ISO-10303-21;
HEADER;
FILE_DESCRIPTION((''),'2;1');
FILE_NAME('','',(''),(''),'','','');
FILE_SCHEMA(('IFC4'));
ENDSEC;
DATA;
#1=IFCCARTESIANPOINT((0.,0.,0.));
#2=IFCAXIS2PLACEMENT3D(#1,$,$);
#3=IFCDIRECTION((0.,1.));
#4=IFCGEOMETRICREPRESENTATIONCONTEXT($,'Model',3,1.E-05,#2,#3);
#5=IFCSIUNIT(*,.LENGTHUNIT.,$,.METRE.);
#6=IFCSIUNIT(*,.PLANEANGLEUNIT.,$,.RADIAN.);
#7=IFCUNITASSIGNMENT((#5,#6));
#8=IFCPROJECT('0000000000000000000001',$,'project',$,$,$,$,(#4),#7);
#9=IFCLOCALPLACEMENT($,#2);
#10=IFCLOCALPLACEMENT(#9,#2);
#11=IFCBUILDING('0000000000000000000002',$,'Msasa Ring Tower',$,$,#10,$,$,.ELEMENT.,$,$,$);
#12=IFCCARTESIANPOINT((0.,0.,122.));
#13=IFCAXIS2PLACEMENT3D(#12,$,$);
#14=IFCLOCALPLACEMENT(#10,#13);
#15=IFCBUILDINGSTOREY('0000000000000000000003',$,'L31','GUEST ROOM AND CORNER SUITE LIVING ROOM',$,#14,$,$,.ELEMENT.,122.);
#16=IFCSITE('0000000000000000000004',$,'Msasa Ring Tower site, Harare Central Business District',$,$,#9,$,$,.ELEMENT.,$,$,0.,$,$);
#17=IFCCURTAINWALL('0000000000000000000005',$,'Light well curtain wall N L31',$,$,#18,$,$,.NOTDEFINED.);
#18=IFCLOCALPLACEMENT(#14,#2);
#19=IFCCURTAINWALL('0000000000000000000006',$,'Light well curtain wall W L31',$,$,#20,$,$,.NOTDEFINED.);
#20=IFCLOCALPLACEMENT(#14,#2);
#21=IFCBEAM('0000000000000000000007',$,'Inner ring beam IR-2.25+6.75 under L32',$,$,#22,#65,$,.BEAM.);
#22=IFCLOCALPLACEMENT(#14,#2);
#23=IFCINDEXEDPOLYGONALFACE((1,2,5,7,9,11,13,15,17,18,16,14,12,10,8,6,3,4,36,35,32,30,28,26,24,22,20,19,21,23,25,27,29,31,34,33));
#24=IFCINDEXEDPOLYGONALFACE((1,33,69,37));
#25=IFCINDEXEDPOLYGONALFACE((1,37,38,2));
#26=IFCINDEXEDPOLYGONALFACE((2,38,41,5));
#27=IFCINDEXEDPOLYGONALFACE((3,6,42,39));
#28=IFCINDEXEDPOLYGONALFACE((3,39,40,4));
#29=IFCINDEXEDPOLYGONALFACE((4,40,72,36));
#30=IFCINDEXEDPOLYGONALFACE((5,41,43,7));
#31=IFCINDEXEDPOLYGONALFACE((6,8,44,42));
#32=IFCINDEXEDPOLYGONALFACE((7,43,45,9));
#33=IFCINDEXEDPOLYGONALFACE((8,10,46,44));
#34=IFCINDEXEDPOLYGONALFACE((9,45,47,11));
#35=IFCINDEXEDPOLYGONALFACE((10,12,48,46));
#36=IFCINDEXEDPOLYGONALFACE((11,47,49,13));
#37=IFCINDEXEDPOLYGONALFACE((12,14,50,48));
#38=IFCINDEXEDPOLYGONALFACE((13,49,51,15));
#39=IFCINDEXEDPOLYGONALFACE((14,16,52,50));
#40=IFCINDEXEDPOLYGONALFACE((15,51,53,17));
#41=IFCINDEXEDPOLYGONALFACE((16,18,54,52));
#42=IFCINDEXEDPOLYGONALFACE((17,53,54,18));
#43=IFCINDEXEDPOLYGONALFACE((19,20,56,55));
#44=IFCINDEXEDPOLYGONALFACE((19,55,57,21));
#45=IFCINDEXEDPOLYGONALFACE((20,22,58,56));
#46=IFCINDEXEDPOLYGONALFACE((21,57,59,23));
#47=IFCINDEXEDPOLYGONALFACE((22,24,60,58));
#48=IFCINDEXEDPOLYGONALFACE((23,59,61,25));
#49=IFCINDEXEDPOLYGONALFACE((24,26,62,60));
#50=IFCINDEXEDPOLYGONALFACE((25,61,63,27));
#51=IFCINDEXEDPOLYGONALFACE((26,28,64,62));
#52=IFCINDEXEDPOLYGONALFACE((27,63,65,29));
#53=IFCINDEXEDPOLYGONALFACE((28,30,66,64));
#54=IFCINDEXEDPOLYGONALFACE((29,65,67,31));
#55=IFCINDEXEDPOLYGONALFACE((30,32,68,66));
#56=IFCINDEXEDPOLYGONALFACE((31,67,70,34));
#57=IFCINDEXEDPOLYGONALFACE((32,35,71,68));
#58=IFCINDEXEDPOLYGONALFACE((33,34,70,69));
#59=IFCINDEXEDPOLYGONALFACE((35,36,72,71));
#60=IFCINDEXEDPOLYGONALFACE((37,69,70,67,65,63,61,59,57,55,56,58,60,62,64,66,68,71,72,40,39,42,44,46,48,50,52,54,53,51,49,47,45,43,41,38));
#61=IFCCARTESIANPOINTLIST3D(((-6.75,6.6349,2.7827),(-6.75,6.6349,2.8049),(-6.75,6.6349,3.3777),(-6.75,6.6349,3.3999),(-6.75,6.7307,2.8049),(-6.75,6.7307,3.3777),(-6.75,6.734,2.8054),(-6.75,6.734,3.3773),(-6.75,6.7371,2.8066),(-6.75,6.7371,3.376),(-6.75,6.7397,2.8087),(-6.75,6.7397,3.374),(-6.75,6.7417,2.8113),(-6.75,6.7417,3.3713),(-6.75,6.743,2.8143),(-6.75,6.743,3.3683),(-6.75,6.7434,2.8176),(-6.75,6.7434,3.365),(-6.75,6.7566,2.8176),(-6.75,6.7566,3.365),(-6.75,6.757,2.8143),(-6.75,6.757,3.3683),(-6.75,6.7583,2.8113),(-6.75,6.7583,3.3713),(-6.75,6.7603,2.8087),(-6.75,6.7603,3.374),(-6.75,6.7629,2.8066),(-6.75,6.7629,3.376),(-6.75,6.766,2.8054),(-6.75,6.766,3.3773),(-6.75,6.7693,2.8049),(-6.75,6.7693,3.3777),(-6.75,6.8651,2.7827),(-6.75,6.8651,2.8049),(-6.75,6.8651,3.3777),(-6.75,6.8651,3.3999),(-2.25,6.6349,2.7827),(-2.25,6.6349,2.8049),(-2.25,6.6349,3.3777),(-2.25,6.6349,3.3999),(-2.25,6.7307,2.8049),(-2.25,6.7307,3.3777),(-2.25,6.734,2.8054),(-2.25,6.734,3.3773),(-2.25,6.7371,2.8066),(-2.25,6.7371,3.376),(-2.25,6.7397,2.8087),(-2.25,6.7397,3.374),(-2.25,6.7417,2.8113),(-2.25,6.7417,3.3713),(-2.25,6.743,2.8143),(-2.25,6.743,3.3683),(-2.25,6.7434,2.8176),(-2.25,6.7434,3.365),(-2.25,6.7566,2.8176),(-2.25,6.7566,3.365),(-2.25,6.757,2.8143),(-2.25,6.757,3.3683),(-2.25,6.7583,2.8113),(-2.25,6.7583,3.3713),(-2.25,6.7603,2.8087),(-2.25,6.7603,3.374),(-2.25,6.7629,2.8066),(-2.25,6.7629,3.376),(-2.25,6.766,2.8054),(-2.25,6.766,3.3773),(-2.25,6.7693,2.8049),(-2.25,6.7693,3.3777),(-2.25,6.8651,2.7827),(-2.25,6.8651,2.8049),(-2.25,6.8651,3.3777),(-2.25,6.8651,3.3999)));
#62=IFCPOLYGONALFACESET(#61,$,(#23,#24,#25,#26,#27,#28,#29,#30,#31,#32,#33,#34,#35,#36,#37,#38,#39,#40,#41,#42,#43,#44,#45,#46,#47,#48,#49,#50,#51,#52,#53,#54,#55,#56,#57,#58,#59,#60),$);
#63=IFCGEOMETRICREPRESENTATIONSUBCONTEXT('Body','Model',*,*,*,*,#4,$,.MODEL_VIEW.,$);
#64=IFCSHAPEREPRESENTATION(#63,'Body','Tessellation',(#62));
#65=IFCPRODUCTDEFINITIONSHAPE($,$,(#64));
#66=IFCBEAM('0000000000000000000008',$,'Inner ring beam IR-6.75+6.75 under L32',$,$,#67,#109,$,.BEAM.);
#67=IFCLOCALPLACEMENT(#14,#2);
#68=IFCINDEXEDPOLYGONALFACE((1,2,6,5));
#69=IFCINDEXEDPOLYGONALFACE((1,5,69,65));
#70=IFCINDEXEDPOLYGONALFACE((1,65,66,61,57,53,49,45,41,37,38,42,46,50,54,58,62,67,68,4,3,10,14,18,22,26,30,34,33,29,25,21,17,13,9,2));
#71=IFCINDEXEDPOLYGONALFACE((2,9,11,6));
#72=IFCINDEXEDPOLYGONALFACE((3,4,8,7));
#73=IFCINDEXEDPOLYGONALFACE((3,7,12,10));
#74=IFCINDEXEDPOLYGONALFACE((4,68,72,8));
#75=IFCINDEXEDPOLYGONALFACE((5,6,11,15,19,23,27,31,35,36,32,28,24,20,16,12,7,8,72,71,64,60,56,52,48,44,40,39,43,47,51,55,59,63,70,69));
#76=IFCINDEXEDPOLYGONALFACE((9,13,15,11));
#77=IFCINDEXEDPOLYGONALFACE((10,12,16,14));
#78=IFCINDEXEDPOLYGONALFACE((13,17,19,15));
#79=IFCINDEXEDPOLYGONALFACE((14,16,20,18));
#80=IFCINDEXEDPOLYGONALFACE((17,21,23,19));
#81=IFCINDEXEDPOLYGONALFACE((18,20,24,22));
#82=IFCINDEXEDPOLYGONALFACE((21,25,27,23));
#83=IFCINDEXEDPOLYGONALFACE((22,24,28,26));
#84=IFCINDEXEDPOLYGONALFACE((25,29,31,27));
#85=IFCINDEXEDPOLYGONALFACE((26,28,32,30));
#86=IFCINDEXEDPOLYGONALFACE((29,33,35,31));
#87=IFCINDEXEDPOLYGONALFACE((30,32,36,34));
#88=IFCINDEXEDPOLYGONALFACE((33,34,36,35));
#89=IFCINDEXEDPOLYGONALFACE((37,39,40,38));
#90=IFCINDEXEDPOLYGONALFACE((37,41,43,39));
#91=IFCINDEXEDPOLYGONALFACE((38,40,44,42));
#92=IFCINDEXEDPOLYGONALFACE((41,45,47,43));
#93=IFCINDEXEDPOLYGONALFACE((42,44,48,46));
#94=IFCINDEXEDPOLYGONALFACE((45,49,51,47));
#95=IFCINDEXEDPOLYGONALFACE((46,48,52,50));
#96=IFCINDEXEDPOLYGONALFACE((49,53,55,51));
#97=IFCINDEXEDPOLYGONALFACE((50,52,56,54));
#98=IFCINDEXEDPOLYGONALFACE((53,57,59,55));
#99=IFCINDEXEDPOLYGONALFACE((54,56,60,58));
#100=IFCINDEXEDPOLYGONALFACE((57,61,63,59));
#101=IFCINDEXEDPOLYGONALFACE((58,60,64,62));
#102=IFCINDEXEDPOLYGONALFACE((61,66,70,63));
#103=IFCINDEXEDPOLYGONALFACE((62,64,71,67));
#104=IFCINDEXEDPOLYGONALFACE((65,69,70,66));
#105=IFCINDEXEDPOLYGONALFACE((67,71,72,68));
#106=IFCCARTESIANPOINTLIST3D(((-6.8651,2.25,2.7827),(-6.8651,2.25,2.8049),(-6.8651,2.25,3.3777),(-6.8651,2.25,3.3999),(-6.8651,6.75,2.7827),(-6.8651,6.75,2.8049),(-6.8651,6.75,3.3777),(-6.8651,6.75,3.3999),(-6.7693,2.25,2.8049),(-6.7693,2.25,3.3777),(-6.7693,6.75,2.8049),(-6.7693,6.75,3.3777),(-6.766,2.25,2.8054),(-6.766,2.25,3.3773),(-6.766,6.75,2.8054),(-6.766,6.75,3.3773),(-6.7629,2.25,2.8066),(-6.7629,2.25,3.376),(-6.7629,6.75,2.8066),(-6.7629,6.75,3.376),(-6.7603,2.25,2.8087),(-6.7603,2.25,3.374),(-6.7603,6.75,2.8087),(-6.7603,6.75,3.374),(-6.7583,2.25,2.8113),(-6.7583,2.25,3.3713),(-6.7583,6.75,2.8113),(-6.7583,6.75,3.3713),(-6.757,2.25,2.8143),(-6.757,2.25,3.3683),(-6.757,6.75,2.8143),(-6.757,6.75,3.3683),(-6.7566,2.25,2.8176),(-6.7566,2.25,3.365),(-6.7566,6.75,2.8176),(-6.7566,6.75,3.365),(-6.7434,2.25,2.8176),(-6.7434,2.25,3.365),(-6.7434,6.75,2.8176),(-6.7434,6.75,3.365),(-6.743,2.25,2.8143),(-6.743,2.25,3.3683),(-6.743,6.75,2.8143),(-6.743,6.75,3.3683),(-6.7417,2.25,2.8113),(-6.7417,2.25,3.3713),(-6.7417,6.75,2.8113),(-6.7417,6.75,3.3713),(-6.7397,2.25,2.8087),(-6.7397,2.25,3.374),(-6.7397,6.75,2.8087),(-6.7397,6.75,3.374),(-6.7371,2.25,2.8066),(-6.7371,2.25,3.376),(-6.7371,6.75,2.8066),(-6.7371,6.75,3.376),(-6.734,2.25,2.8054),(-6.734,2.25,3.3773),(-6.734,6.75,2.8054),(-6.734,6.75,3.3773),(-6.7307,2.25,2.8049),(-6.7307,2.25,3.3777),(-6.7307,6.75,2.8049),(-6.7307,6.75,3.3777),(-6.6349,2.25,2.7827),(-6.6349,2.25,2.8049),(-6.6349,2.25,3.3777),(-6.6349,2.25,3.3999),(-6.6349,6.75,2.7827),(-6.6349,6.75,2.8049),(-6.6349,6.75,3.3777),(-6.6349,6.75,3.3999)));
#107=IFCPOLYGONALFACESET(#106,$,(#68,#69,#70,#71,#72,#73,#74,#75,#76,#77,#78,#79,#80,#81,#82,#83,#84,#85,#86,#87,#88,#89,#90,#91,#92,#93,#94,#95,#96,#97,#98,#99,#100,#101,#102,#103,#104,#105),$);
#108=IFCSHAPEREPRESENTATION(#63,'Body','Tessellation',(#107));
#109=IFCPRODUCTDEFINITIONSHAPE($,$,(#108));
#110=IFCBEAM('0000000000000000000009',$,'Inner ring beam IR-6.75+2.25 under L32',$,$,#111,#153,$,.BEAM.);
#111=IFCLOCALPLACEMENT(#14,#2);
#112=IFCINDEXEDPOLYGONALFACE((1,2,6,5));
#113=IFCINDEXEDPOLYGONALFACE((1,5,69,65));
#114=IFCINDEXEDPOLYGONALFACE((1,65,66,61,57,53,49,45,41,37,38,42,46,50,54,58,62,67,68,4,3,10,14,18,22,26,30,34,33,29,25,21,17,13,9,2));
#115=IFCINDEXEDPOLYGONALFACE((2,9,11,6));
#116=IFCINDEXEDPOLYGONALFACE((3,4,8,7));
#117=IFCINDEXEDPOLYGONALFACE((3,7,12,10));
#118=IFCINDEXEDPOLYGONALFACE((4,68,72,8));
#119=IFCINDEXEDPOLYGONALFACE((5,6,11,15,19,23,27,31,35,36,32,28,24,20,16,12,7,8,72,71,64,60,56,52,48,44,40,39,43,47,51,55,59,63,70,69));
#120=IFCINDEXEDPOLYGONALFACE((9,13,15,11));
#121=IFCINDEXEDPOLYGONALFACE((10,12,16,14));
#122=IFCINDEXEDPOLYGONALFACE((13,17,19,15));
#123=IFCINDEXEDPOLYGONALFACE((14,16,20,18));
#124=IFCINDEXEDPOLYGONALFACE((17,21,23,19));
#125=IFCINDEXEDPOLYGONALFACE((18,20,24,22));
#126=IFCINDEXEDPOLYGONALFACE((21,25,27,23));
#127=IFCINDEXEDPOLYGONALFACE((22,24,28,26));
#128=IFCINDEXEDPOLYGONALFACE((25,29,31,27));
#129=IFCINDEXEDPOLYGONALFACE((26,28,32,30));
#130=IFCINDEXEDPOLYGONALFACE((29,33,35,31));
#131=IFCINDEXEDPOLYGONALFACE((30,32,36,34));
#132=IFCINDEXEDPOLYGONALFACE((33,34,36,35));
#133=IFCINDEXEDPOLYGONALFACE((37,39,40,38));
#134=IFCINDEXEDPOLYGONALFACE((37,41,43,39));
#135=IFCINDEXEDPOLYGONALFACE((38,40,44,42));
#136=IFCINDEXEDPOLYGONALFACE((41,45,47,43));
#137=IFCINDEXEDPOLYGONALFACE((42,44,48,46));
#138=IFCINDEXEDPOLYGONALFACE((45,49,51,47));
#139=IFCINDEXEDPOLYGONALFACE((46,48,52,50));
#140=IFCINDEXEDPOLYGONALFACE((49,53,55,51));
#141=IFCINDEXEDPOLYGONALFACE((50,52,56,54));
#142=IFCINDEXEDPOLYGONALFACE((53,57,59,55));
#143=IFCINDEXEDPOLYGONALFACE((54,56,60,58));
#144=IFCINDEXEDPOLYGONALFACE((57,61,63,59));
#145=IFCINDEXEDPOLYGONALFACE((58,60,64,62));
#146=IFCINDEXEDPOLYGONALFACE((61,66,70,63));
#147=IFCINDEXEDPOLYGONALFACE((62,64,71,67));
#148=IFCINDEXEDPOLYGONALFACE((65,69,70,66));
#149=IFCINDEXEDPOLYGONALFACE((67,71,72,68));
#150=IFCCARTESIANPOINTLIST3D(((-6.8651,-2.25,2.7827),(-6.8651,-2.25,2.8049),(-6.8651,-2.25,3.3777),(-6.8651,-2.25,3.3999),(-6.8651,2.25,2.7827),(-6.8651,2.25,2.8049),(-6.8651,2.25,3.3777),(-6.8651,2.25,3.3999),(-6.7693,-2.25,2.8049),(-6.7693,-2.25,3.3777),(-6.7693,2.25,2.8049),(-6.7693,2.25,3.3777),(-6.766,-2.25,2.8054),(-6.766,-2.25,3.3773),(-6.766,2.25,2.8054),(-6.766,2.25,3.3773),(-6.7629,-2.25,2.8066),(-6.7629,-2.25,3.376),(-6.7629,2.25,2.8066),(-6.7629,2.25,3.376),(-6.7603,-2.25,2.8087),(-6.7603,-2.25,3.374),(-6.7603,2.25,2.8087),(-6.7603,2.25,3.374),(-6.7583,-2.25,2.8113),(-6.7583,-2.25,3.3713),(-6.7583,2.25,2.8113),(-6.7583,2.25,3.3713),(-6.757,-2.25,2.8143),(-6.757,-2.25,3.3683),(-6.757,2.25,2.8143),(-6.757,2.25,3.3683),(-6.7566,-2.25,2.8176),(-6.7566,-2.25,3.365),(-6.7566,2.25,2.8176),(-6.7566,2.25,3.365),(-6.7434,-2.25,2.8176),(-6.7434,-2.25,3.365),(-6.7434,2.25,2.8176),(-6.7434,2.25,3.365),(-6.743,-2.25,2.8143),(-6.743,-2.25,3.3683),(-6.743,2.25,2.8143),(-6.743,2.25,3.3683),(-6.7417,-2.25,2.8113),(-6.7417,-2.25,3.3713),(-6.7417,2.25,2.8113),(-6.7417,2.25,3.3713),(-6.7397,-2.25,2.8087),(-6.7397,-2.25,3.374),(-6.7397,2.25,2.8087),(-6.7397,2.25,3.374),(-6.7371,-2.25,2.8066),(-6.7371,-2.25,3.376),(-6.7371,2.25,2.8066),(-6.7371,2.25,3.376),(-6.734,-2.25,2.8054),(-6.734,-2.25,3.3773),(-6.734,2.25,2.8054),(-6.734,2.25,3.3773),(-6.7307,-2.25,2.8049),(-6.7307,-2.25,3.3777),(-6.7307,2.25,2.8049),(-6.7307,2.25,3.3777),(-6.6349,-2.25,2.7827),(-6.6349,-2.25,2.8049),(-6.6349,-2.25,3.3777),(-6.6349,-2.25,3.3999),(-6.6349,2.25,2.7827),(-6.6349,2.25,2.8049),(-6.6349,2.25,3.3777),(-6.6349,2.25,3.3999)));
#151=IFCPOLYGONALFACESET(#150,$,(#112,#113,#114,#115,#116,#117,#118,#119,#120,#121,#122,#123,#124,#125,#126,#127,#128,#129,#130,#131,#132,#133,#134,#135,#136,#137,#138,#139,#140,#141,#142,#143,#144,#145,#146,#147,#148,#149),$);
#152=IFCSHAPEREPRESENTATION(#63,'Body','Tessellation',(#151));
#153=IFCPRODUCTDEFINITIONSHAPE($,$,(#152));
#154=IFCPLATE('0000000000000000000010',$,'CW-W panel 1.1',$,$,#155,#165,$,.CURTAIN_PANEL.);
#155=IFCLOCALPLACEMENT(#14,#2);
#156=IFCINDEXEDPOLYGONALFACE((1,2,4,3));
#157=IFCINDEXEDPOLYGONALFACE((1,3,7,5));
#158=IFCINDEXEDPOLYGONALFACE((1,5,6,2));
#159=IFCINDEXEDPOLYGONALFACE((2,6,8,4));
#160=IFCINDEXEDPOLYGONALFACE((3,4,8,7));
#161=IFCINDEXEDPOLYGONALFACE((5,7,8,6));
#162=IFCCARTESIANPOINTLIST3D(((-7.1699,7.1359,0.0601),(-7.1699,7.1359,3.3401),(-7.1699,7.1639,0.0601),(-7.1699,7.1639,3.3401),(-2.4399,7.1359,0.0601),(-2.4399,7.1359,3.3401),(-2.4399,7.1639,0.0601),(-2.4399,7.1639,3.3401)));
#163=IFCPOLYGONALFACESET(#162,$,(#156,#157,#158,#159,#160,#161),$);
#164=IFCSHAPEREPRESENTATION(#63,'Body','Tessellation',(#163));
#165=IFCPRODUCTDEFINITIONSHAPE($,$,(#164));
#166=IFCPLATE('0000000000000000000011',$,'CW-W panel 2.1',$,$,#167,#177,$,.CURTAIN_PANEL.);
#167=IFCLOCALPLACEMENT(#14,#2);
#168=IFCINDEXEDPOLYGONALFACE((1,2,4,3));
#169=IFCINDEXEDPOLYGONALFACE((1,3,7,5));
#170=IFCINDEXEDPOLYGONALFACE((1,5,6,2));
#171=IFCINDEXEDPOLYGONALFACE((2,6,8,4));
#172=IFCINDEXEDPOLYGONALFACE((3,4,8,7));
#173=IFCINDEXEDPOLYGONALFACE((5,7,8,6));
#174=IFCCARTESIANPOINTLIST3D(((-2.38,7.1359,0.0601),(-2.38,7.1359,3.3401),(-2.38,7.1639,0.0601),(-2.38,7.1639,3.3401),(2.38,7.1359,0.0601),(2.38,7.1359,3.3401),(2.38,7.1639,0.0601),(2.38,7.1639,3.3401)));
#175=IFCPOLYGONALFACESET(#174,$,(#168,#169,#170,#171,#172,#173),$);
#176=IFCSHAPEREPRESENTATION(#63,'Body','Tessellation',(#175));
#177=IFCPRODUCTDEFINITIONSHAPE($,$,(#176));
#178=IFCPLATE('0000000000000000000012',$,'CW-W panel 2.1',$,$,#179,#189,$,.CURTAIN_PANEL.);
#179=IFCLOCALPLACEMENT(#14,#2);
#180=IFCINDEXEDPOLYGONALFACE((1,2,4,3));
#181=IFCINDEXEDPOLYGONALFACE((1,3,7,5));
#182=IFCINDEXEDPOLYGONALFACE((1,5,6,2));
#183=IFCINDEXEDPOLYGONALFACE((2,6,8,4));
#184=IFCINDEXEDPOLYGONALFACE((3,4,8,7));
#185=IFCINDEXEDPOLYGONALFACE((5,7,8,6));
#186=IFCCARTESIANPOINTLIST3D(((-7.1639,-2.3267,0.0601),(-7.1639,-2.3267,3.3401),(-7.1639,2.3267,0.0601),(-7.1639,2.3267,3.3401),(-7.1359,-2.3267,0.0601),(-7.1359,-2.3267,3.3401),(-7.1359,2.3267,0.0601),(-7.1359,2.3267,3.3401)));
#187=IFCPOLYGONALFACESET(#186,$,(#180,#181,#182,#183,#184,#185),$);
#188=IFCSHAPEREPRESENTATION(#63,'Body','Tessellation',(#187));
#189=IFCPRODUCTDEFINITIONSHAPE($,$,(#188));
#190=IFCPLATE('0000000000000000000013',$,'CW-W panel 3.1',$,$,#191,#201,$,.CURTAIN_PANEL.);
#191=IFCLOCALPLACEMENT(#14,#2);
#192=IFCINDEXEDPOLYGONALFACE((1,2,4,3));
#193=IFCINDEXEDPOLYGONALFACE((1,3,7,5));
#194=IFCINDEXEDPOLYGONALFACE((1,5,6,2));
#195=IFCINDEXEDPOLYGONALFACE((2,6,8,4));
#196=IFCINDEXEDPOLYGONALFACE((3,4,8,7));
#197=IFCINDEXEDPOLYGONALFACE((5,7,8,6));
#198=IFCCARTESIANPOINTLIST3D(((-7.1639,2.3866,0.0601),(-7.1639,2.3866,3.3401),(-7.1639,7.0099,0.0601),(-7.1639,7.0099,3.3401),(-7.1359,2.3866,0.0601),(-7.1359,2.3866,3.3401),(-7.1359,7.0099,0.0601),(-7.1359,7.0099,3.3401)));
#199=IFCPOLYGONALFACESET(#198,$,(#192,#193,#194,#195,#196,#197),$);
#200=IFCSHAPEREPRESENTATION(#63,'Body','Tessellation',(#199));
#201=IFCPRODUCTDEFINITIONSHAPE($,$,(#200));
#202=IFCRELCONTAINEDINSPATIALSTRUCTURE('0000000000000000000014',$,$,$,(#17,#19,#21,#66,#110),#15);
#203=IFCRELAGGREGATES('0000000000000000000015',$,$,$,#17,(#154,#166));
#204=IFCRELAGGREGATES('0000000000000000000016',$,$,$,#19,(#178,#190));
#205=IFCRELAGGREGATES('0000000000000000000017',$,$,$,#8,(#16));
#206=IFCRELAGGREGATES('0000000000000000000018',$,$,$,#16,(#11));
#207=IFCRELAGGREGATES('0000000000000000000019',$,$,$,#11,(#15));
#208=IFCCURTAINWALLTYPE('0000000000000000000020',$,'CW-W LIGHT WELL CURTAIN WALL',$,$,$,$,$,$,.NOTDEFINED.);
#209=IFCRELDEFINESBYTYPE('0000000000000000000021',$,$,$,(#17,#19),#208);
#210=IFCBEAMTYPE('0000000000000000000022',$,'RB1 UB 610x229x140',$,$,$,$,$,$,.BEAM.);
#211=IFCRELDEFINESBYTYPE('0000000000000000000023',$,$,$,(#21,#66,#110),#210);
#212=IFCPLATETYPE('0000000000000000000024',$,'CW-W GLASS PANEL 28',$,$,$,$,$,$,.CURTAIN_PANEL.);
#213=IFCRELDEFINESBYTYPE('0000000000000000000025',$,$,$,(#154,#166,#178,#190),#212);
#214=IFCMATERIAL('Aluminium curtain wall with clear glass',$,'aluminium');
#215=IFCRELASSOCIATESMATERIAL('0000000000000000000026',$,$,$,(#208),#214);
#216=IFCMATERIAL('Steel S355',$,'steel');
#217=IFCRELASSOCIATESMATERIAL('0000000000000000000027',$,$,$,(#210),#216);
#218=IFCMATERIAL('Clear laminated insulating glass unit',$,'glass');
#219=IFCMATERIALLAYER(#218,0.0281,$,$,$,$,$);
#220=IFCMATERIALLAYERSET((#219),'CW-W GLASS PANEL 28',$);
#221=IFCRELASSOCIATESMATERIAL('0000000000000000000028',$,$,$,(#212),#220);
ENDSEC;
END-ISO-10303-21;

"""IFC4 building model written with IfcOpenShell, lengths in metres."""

from ifc_helpers import new_model, si_unit, direction, frame, origin, origin_2d, place, context, subcontext, project, spatial, rectangle, i_section, extrude, material, layer, layer_set, material_profile, profile_set, type_object, element, aggregate, save


model = new_model("IFC4")

# Units and contexts
model_context = context("Model", 3, precision=1e-05, world=origin(), true_north=direction((0.0, 1.0)))
body_context = subcontext(model_context, "Body", "Model", "MODEL_VIEW")
ifc_project = project(units=[si_unit("LENGTHUNIT", "METRE"), si_unit("PLANEANGLEUNIT", "RADIAN")], contexts=[model_context])

# Site, building, storey
site_placement = place(None, origin())
site = spatial("IfcSite", under=ifc_project, at=site_placement, Name="Msasa Ring Tower site, Harare Central Business District", CompositionType="ELEMENT", RefElevation=0.0)
building_placement = place(site_placement, origin())
building = spatial("IfcBuilding", under=site, at=building_placement, Name="Msasa Ring Tower", CompositionType="ELEMENT")
storey_placement = place(building_placement, frame((0.0, 0.0, 122.0)))
storey = spatial("IfcBuildingStorey", under=building, at=storey_placement, Name="L31", Description="GUEST ROOM AND CORNER SUITE LIVING ROOM", CompositionType="ELEMENT", Elevation=122.0)

# Curtain walls
ifc_material_1 = material(Name="Aluminium curtain wall with clear glass", Category="aluminium")
curtain_wall_type = type_object("IfcCurtainWallType", Name="CW-W LIGHT WELL CURTAIN WALL", PredefinedType="NOTDEFINED", material=ifc_material_1)
curtain_wall_1_placement = place(storey_placement, origin())
curtain_wall_1 = element("IfcCurtainWall", 1, at=curtain_wall_1_placement, inside=storey, type_object=curtain_wall_type, Name="Light well curtain wall N L31", PredefinedType="NOTDEFINED")
curtain_wall_2_placement = place(storey_placement, origin())
curtain_wall_2 = element("IfcCurtainWall", 2, at=curtain_wall_2_placement, inside=storey, type_object=curtain_wall_type, Name="Light well curtain wall W L31", PredefinedType="NOTDEFINED")

# Beams
ifc_material_2 = material(Name="Steel S355", Category="steel")
ifc_material_profile_1 = material_profile(ifc_material_2, i_section(OverallWidth=0.2302, OverallDepth=0.6172, WebThickness=0.0132, FlangeThickness=0.0222, FilletRadius=0.0127, at=origin_2d()), Name="UB 610x229x140")
ifc_profile_set_1 = profile_set([ifc_material_profile_1], Name="Steel S355")
beam_type = type_object("IfcBeamType", Name="RB1 UB 610x229x140", PredefinedType="BEAM", material=ifc_profile_set_1)
for number, where, z_axis, x_axis, name in (
    (3, (-2.25, 6.75, 3.0913), (-1.0, 0.0, 0.0), (0.0, -1.0, 0.0), "Inner ring beam IR-2.25+6.75 under L32"),
    (4, (-6.75, 6.75, 3.0913), (0.0, -1.0, 0.0), (1.0, 0.0, 0.0), "Inner ring beam IR-6.75+6.75 under L32"),
    (5, (-6.75, 2.25, 3.0913), (0.0, -1.0, 0.0), (1.0, 0.0, 0.0), "Inner ring beam IR-6.75+2.25 under L32"),
):
    element("IfcBeam", number, at=place(storey_placement, frame(where, z_axis=z_axis, x_axis=x_axis)), inside=storey, type_object=beam_type, Name=name, PredefinedType="BEAM", context=body_context, shape_type="SweptSolid", body=[
        extrude(i_section(OverallWidth=0.2302, OverallDepth=0.6172, WebThickness=0.0132, FlangeThickness=0.0222, FilletRadius=0.0127, at=origin_2d()), origin(), (0.0, 0.0, 1.0), 4.5),
    ])

# Plates
ifc_material_3 = material(Name="Clear laminated insulating glass unit", Category="glass")
ifc_layer_1 = layer(ifc_material_3, 0.0281)
ifc_layer_set_1 = layer_set([ifc_layer_1], Name="CW-W GLASS PANEL 28")
plate_type = type_object("IfcPlateType", Name="CW-W GLASS PANEL 28", PredefinedType="CURTAIN_PANEL", material=ifc_layer_set_1)
plate_1_placement = place(storey_placement, frame((-4.8049, 7.1499, 0.0601), z_axis=(0.0, 0.0, 1.0), x_axis=(1.0, 0.0, 0.0)))
plate_1 = element("IfcPlate", 6, at=plate_1_placement, type_object=plate_type, Name="CW-W panel 1.1", PredefinedType="CURTAIN_PANEL", context=body_context, shape_type="SweptSolid", body=[
    extrude(rectangle(XDim=4.73, YDim=0.0281, at=origin_2d()), origin(), (0.0, 0.0, 1.0), 3.28),
])
plate_2_placement = place(storey_placement, frame((0.0, 7.1499, 0.0601), z_axis=(0.0, 0.0, 1.0), x_axis=(1.0, 0.0, 0.0)))
plate_2 = element("IfcPlate", 7, at=plate_2_placement, type_object=plate_type, Name="CW-W panel 2.1", PredefinedType="CURTAIN_PANEL", context=body_context, shape_type="SweptSolid", body=[
    extrude(rectangle(XDim=4.76, YDim=0.0281, at=origin_2d()), origin(), (0.0, 0.0, 1.0), 3.28),
])
aggregate(curtain_wall_1, [plate_1, plate_2])
plate_3_placement = place(storey_placement, frame((-7.1499, 0.0, 0.0601), z_axis=(0.0, 0.0, 1.0), x_axis=(0.0, 1.0, 0.0)))
plate_3 = element("IfcPlate", 8, at=plate_3_placement, type_object=plate_type, Name="CW-W panel 2.1", PredefinedType="CURTAIN_PANEL", context=body_context, shape_type="SweptSolid", body=[
    extrude(rectangle(XDim=4.6533, YDim=0.0281, at=origin_2d()), origin(), (0.0, 0.0, 1.0), 3.28),
])
plate_4_placement = place(storey_placement, frame((-7.1499, 4.6982, 0.0601), z_axis=(0.0, 0.0, 1.0), x_axis=(0.0, 1.0, 0.0)))
plate_4 = element("IfcPlate", 9, at=plate_4_placement, type_object=plate_type, Name="CW-W panel 3.1", PredefinedType="CURTAIN_PANEL", context=body_context, shape_type="SweptSolid", body=[
    extrude(rectangle(XDim=4.6233, YDim=0.0281, at=origin_2d()), origin(), (0.0, 0.0, 1.0), 3.28),
])
aggregate(curtain_wall_2, [plate_3, plate_4])

save(model, "model.ifc")
